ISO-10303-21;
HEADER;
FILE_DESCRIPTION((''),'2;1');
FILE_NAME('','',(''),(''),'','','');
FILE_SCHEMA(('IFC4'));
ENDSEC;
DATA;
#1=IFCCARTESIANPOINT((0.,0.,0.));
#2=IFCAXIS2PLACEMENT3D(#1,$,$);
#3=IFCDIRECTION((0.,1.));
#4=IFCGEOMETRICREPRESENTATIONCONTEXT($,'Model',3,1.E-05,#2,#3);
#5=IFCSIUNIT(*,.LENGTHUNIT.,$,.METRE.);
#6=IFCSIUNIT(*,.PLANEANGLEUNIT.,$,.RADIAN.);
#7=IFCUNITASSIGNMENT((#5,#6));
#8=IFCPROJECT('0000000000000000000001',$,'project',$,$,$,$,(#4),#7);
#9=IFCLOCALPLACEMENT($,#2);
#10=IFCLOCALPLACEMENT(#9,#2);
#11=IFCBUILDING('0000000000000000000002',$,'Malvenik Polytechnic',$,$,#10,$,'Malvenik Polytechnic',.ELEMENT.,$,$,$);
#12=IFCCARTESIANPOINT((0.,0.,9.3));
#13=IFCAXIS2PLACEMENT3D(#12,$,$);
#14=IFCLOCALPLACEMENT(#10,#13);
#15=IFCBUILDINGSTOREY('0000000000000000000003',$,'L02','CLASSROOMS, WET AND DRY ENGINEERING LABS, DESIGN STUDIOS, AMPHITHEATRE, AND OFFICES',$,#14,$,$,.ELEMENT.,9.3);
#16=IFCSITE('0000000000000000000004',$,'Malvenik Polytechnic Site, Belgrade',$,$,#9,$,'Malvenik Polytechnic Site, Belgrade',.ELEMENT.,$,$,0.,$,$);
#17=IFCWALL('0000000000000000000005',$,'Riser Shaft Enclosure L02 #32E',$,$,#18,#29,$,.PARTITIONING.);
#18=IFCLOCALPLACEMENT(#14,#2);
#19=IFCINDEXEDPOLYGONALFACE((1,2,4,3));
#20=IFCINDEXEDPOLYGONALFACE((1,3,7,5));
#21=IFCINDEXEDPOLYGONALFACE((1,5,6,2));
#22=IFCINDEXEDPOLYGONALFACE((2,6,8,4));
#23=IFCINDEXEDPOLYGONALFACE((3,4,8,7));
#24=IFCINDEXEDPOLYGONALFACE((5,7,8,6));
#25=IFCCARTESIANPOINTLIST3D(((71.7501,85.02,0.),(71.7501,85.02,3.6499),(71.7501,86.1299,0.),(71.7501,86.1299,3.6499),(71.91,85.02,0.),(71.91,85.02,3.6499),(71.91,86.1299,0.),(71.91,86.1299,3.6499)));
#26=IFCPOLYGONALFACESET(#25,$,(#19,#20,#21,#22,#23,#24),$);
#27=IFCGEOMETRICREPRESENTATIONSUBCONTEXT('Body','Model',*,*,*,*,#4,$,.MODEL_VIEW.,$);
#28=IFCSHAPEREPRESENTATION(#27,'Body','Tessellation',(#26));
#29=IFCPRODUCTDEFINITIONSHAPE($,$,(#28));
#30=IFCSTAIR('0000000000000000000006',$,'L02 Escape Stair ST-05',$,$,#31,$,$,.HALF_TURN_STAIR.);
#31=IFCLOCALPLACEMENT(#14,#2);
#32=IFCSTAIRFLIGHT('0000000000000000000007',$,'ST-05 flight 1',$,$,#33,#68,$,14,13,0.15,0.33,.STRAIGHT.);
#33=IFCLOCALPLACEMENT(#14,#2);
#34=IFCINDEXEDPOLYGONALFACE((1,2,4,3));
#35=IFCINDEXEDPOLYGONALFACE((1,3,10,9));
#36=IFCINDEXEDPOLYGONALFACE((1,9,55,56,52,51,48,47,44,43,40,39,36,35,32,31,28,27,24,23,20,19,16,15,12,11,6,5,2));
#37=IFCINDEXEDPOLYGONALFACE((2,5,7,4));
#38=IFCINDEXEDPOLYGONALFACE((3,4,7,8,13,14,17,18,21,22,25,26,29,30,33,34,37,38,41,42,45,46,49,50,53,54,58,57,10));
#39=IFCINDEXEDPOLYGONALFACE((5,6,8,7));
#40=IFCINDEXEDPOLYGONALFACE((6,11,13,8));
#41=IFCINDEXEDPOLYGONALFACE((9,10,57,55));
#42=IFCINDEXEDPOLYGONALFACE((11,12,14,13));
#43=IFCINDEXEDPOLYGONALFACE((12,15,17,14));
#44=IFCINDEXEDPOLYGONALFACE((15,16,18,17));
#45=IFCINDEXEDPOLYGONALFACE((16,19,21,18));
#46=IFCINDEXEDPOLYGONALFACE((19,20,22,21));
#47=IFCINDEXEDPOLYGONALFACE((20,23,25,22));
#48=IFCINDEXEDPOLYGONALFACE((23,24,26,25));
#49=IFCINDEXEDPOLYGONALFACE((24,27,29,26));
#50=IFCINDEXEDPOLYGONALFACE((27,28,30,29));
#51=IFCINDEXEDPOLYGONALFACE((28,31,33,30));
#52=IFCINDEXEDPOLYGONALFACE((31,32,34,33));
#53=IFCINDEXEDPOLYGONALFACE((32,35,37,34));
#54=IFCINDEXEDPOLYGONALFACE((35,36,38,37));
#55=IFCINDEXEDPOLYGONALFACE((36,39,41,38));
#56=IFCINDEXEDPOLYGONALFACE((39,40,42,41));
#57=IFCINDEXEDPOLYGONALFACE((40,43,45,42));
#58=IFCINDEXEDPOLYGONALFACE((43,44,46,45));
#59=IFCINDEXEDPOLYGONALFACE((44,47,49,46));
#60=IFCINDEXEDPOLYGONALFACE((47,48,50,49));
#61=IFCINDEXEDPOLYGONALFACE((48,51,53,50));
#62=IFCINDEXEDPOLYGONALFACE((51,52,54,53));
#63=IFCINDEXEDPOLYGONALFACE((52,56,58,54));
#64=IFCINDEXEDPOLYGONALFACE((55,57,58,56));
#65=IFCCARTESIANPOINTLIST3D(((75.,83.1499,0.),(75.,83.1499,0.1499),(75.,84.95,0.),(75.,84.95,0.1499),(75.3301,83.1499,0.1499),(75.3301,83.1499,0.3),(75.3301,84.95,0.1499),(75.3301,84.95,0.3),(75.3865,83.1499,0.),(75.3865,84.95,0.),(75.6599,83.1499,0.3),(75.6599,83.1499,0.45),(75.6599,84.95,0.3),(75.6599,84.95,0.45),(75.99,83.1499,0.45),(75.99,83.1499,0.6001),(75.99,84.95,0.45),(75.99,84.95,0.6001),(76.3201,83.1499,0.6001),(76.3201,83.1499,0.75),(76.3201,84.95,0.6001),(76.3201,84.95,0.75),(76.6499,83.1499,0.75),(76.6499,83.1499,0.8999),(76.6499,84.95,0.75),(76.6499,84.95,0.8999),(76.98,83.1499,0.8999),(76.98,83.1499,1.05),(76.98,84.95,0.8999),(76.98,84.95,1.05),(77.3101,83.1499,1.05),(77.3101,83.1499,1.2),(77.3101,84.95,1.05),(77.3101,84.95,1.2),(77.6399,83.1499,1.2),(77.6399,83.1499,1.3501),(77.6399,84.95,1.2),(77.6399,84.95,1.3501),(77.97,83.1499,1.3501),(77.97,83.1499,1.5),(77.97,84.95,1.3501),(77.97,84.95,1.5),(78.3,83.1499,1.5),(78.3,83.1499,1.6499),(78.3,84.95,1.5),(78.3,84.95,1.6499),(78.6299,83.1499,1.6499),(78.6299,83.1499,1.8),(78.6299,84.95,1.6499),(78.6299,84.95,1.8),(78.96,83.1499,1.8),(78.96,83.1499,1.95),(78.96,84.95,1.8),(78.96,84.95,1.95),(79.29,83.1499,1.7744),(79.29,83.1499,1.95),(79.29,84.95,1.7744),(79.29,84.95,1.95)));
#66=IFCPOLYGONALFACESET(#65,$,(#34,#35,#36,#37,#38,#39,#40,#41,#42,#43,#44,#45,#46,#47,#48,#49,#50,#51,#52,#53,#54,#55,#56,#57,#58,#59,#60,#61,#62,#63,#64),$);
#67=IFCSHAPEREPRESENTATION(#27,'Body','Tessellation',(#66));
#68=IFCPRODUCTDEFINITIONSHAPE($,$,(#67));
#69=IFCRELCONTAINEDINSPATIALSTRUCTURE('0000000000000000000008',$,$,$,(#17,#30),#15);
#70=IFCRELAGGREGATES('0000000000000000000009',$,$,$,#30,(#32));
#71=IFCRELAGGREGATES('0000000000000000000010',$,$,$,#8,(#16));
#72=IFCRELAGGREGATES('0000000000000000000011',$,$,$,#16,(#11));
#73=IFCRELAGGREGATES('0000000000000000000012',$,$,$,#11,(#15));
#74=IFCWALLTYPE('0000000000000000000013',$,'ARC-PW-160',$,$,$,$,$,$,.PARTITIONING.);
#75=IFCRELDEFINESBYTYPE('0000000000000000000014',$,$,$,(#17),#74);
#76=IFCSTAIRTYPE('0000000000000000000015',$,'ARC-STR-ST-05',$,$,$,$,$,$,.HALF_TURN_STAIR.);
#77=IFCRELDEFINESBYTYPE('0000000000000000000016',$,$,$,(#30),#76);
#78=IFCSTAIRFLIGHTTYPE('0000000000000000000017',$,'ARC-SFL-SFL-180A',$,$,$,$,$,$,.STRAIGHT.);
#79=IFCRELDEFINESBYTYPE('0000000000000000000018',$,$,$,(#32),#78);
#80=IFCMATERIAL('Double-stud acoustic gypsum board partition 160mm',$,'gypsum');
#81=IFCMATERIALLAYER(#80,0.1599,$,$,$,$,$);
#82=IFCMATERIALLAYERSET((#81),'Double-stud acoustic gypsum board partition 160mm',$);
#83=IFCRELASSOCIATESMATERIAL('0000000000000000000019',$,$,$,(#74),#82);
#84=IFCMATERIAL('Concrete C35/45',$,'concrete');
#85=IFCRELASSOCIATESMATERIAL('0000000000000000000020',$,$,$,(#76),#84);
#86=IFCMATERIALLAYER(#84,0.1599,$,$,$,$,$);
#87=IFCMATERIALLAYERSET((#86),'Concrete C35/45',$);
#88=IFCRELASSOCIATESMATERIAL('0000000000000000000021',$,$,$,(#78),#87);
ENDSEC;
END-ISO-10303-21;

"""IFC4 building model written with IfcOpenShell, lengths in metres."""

from ifc_helpers import new_model, si_unit, direction, frame, frame_2d, origin, place, context, subcontext, project, spatial, polyline, rectangle, outline, extrude, material, layer, layer_set, type_object, element, aggregate, save


model = new_model("IFC4")

# Units and contexts
model_context = context("Model", 3, precision=1e-05, world=origin(), true_north=direction((0.0, 1.0)))
body_context = subcontext(model_context, "Body", "Model", "MODEL_VIEW")
ifc_project = project(units=[si_unit("LENGTHUNIT", "METRE"), si_unit("PLANEANGLEUNIT", "RADIAN")], contexts=[model_context])

# Site, building, storey
site_placement = place(None, origin())
site = spatial("IfcSite", under=ifc_project, at=site_placement, Name="Malvenik Polytechnic Site, Belgrade", LongName="Malvenik Polytechnic Site, Belgrade", CompositionType="ELEMENT", RefElevation=0.0)
building_placement = place(site_placement, origin())
building = spatial("IfcBuilding", under=site, at=building_placement, Name="Malvenik Polytechnic", LongName="Malvenik Polytechnic", CompositionType="ELEMENT")
storey_placement = place(building_placement, frame((0.0, 0.0, 9.3)))
storey = spatial("IfcBuildingStorey", under=building, at=storey_placement, Name="L02", Description="CLASSROOMS, WET AND DRY ENGINEERING LABS, DESIGN STUDIOS, AMPHITHEATRE, AND OFFICES", CompositionType="ELEMENT", Elevation=9.3)

# Wall
ifc_material_1 = material(Name="Concrete C35/45", Category="concrete")
ifc_material_2 = material(Name="Double-stud acoustic gypsum board partition 160mm", Category="gypsum")
ifc_layer_1 = layer(ifc_material_2, 0.1599)
ifc_layer_set_1 = layer_set([ifc_layer_1], Name="Double-stud acoustic gypsum board partition 160mm")
wall_type_1 = type_object("IfcWallType", Name="ARC-PW-160", PredefinedType="PARTITIONING", material=ifc_layer_set_1)
for number, where, z_axis, x_axis, name in (
    (1, (71.8301, 85.02, 0.0), (0.0, 0.0, 1.0), (0.0, 1.0, 0.0), "Riser Shaft Enclosure L02 #32E"),
):
    element("IfcWall", number, at=place(storey_placement, frame(where, z_axis=z_axis, x_axis=x_axis)), inside=storey, type_object=wall_type_1, Name=name, PredefinedType="PARTITIONING", context=body_context, shape_type="SweptSolid", body=[
        extrude(rectangle(XDim=1.1099, YDim=0.1599, at=frame_2d((0.5549, 0.0))), origin(), (0.0, 0.0, 1.0), 3.6499),
    ])

# Stair, stair flight
stair_type = type_object("IfcStairType", Name="ARC-STR-ST-05", PredefinedType="HALF_TURN_STAIR", material=ifc_material_1)
stair_placement = place(storey_placement, origin())
stair = element("IfcStair", 2, at=stair_placement, inside=storey, type_object=stair_type, Name="L02 Escape Stair ST-05", PredefinedType="HALF_TURN_STAIR")
ifc_layer_2 = layer(ifc_material_1, 0.1599)
ifc_layer_set_2 = layer_set([ifc_layer_2], Name="Concrete C35/45")
stair_flight_type = type_object("IfcStairFlightType", Name="ARC-SFL-SFL-180A", PredefinedType="STRAIGHT", material=ifc_layer_set_2)
stair_flight_placement = place(storey_placement, frame((75.0, 84.05, 0.0), z_axis=(0.0, 0.0, 1.0), x_axis=(1.0, 0.0, 0.0)))
stair_flight = element("IfcStairFlight", 3, at=stair_flight_placement, type_object=stair_flight_type, Name="ST-05 flight 1", NumberOfRisers=14, NumberOfTreads=13, PredefinedType="STRAIGHT", RiserHeight=0.15, TreadLength=0.33, context=body_context, shape_type="SweptSolid", body=[
    extrude(outline(polyline([(0.0, 0.0), (0.0, 0.1499), (0.3301, 0.1499), (0.3301, 0.3), (0.6599, 0.3), (0.6599, 0.45), (0.99, 0.45), (0.99, 0.6001), (1.3201, 0.6001), (1.3201, 0.75), (1.6499, 0.75), (1.6499, 0.8999), (1.98, 0.8999), (1.98, 1.05), (2.3101, 1.05), (2.3101, 1.2), (2.6399, 1.2), (2.6399, 1.3501), (2.97, 1.3501), (2.97, 1.5), (3.3, 1.5), (3.3, 1.6499), (3.6299, 1.6499), (3.6299, 1.8), (3.96, 1.8), (3.96, 1.95), (4.29, 1.95), (4.29, 2.1001), (4.29, 1.7744), (0.3865, 0.0), (0.0, 0.0)])), frame((0.0, 0.8999, 0.0), z_axis=(0.0, -1.0, 0.0), x_axis=(1.0, 0.0, 0.0)), (0.0, 0.0, 1.0), 1.8),
])
aggregate(stair, [stair_flight])

save(model, "model.ifc")
